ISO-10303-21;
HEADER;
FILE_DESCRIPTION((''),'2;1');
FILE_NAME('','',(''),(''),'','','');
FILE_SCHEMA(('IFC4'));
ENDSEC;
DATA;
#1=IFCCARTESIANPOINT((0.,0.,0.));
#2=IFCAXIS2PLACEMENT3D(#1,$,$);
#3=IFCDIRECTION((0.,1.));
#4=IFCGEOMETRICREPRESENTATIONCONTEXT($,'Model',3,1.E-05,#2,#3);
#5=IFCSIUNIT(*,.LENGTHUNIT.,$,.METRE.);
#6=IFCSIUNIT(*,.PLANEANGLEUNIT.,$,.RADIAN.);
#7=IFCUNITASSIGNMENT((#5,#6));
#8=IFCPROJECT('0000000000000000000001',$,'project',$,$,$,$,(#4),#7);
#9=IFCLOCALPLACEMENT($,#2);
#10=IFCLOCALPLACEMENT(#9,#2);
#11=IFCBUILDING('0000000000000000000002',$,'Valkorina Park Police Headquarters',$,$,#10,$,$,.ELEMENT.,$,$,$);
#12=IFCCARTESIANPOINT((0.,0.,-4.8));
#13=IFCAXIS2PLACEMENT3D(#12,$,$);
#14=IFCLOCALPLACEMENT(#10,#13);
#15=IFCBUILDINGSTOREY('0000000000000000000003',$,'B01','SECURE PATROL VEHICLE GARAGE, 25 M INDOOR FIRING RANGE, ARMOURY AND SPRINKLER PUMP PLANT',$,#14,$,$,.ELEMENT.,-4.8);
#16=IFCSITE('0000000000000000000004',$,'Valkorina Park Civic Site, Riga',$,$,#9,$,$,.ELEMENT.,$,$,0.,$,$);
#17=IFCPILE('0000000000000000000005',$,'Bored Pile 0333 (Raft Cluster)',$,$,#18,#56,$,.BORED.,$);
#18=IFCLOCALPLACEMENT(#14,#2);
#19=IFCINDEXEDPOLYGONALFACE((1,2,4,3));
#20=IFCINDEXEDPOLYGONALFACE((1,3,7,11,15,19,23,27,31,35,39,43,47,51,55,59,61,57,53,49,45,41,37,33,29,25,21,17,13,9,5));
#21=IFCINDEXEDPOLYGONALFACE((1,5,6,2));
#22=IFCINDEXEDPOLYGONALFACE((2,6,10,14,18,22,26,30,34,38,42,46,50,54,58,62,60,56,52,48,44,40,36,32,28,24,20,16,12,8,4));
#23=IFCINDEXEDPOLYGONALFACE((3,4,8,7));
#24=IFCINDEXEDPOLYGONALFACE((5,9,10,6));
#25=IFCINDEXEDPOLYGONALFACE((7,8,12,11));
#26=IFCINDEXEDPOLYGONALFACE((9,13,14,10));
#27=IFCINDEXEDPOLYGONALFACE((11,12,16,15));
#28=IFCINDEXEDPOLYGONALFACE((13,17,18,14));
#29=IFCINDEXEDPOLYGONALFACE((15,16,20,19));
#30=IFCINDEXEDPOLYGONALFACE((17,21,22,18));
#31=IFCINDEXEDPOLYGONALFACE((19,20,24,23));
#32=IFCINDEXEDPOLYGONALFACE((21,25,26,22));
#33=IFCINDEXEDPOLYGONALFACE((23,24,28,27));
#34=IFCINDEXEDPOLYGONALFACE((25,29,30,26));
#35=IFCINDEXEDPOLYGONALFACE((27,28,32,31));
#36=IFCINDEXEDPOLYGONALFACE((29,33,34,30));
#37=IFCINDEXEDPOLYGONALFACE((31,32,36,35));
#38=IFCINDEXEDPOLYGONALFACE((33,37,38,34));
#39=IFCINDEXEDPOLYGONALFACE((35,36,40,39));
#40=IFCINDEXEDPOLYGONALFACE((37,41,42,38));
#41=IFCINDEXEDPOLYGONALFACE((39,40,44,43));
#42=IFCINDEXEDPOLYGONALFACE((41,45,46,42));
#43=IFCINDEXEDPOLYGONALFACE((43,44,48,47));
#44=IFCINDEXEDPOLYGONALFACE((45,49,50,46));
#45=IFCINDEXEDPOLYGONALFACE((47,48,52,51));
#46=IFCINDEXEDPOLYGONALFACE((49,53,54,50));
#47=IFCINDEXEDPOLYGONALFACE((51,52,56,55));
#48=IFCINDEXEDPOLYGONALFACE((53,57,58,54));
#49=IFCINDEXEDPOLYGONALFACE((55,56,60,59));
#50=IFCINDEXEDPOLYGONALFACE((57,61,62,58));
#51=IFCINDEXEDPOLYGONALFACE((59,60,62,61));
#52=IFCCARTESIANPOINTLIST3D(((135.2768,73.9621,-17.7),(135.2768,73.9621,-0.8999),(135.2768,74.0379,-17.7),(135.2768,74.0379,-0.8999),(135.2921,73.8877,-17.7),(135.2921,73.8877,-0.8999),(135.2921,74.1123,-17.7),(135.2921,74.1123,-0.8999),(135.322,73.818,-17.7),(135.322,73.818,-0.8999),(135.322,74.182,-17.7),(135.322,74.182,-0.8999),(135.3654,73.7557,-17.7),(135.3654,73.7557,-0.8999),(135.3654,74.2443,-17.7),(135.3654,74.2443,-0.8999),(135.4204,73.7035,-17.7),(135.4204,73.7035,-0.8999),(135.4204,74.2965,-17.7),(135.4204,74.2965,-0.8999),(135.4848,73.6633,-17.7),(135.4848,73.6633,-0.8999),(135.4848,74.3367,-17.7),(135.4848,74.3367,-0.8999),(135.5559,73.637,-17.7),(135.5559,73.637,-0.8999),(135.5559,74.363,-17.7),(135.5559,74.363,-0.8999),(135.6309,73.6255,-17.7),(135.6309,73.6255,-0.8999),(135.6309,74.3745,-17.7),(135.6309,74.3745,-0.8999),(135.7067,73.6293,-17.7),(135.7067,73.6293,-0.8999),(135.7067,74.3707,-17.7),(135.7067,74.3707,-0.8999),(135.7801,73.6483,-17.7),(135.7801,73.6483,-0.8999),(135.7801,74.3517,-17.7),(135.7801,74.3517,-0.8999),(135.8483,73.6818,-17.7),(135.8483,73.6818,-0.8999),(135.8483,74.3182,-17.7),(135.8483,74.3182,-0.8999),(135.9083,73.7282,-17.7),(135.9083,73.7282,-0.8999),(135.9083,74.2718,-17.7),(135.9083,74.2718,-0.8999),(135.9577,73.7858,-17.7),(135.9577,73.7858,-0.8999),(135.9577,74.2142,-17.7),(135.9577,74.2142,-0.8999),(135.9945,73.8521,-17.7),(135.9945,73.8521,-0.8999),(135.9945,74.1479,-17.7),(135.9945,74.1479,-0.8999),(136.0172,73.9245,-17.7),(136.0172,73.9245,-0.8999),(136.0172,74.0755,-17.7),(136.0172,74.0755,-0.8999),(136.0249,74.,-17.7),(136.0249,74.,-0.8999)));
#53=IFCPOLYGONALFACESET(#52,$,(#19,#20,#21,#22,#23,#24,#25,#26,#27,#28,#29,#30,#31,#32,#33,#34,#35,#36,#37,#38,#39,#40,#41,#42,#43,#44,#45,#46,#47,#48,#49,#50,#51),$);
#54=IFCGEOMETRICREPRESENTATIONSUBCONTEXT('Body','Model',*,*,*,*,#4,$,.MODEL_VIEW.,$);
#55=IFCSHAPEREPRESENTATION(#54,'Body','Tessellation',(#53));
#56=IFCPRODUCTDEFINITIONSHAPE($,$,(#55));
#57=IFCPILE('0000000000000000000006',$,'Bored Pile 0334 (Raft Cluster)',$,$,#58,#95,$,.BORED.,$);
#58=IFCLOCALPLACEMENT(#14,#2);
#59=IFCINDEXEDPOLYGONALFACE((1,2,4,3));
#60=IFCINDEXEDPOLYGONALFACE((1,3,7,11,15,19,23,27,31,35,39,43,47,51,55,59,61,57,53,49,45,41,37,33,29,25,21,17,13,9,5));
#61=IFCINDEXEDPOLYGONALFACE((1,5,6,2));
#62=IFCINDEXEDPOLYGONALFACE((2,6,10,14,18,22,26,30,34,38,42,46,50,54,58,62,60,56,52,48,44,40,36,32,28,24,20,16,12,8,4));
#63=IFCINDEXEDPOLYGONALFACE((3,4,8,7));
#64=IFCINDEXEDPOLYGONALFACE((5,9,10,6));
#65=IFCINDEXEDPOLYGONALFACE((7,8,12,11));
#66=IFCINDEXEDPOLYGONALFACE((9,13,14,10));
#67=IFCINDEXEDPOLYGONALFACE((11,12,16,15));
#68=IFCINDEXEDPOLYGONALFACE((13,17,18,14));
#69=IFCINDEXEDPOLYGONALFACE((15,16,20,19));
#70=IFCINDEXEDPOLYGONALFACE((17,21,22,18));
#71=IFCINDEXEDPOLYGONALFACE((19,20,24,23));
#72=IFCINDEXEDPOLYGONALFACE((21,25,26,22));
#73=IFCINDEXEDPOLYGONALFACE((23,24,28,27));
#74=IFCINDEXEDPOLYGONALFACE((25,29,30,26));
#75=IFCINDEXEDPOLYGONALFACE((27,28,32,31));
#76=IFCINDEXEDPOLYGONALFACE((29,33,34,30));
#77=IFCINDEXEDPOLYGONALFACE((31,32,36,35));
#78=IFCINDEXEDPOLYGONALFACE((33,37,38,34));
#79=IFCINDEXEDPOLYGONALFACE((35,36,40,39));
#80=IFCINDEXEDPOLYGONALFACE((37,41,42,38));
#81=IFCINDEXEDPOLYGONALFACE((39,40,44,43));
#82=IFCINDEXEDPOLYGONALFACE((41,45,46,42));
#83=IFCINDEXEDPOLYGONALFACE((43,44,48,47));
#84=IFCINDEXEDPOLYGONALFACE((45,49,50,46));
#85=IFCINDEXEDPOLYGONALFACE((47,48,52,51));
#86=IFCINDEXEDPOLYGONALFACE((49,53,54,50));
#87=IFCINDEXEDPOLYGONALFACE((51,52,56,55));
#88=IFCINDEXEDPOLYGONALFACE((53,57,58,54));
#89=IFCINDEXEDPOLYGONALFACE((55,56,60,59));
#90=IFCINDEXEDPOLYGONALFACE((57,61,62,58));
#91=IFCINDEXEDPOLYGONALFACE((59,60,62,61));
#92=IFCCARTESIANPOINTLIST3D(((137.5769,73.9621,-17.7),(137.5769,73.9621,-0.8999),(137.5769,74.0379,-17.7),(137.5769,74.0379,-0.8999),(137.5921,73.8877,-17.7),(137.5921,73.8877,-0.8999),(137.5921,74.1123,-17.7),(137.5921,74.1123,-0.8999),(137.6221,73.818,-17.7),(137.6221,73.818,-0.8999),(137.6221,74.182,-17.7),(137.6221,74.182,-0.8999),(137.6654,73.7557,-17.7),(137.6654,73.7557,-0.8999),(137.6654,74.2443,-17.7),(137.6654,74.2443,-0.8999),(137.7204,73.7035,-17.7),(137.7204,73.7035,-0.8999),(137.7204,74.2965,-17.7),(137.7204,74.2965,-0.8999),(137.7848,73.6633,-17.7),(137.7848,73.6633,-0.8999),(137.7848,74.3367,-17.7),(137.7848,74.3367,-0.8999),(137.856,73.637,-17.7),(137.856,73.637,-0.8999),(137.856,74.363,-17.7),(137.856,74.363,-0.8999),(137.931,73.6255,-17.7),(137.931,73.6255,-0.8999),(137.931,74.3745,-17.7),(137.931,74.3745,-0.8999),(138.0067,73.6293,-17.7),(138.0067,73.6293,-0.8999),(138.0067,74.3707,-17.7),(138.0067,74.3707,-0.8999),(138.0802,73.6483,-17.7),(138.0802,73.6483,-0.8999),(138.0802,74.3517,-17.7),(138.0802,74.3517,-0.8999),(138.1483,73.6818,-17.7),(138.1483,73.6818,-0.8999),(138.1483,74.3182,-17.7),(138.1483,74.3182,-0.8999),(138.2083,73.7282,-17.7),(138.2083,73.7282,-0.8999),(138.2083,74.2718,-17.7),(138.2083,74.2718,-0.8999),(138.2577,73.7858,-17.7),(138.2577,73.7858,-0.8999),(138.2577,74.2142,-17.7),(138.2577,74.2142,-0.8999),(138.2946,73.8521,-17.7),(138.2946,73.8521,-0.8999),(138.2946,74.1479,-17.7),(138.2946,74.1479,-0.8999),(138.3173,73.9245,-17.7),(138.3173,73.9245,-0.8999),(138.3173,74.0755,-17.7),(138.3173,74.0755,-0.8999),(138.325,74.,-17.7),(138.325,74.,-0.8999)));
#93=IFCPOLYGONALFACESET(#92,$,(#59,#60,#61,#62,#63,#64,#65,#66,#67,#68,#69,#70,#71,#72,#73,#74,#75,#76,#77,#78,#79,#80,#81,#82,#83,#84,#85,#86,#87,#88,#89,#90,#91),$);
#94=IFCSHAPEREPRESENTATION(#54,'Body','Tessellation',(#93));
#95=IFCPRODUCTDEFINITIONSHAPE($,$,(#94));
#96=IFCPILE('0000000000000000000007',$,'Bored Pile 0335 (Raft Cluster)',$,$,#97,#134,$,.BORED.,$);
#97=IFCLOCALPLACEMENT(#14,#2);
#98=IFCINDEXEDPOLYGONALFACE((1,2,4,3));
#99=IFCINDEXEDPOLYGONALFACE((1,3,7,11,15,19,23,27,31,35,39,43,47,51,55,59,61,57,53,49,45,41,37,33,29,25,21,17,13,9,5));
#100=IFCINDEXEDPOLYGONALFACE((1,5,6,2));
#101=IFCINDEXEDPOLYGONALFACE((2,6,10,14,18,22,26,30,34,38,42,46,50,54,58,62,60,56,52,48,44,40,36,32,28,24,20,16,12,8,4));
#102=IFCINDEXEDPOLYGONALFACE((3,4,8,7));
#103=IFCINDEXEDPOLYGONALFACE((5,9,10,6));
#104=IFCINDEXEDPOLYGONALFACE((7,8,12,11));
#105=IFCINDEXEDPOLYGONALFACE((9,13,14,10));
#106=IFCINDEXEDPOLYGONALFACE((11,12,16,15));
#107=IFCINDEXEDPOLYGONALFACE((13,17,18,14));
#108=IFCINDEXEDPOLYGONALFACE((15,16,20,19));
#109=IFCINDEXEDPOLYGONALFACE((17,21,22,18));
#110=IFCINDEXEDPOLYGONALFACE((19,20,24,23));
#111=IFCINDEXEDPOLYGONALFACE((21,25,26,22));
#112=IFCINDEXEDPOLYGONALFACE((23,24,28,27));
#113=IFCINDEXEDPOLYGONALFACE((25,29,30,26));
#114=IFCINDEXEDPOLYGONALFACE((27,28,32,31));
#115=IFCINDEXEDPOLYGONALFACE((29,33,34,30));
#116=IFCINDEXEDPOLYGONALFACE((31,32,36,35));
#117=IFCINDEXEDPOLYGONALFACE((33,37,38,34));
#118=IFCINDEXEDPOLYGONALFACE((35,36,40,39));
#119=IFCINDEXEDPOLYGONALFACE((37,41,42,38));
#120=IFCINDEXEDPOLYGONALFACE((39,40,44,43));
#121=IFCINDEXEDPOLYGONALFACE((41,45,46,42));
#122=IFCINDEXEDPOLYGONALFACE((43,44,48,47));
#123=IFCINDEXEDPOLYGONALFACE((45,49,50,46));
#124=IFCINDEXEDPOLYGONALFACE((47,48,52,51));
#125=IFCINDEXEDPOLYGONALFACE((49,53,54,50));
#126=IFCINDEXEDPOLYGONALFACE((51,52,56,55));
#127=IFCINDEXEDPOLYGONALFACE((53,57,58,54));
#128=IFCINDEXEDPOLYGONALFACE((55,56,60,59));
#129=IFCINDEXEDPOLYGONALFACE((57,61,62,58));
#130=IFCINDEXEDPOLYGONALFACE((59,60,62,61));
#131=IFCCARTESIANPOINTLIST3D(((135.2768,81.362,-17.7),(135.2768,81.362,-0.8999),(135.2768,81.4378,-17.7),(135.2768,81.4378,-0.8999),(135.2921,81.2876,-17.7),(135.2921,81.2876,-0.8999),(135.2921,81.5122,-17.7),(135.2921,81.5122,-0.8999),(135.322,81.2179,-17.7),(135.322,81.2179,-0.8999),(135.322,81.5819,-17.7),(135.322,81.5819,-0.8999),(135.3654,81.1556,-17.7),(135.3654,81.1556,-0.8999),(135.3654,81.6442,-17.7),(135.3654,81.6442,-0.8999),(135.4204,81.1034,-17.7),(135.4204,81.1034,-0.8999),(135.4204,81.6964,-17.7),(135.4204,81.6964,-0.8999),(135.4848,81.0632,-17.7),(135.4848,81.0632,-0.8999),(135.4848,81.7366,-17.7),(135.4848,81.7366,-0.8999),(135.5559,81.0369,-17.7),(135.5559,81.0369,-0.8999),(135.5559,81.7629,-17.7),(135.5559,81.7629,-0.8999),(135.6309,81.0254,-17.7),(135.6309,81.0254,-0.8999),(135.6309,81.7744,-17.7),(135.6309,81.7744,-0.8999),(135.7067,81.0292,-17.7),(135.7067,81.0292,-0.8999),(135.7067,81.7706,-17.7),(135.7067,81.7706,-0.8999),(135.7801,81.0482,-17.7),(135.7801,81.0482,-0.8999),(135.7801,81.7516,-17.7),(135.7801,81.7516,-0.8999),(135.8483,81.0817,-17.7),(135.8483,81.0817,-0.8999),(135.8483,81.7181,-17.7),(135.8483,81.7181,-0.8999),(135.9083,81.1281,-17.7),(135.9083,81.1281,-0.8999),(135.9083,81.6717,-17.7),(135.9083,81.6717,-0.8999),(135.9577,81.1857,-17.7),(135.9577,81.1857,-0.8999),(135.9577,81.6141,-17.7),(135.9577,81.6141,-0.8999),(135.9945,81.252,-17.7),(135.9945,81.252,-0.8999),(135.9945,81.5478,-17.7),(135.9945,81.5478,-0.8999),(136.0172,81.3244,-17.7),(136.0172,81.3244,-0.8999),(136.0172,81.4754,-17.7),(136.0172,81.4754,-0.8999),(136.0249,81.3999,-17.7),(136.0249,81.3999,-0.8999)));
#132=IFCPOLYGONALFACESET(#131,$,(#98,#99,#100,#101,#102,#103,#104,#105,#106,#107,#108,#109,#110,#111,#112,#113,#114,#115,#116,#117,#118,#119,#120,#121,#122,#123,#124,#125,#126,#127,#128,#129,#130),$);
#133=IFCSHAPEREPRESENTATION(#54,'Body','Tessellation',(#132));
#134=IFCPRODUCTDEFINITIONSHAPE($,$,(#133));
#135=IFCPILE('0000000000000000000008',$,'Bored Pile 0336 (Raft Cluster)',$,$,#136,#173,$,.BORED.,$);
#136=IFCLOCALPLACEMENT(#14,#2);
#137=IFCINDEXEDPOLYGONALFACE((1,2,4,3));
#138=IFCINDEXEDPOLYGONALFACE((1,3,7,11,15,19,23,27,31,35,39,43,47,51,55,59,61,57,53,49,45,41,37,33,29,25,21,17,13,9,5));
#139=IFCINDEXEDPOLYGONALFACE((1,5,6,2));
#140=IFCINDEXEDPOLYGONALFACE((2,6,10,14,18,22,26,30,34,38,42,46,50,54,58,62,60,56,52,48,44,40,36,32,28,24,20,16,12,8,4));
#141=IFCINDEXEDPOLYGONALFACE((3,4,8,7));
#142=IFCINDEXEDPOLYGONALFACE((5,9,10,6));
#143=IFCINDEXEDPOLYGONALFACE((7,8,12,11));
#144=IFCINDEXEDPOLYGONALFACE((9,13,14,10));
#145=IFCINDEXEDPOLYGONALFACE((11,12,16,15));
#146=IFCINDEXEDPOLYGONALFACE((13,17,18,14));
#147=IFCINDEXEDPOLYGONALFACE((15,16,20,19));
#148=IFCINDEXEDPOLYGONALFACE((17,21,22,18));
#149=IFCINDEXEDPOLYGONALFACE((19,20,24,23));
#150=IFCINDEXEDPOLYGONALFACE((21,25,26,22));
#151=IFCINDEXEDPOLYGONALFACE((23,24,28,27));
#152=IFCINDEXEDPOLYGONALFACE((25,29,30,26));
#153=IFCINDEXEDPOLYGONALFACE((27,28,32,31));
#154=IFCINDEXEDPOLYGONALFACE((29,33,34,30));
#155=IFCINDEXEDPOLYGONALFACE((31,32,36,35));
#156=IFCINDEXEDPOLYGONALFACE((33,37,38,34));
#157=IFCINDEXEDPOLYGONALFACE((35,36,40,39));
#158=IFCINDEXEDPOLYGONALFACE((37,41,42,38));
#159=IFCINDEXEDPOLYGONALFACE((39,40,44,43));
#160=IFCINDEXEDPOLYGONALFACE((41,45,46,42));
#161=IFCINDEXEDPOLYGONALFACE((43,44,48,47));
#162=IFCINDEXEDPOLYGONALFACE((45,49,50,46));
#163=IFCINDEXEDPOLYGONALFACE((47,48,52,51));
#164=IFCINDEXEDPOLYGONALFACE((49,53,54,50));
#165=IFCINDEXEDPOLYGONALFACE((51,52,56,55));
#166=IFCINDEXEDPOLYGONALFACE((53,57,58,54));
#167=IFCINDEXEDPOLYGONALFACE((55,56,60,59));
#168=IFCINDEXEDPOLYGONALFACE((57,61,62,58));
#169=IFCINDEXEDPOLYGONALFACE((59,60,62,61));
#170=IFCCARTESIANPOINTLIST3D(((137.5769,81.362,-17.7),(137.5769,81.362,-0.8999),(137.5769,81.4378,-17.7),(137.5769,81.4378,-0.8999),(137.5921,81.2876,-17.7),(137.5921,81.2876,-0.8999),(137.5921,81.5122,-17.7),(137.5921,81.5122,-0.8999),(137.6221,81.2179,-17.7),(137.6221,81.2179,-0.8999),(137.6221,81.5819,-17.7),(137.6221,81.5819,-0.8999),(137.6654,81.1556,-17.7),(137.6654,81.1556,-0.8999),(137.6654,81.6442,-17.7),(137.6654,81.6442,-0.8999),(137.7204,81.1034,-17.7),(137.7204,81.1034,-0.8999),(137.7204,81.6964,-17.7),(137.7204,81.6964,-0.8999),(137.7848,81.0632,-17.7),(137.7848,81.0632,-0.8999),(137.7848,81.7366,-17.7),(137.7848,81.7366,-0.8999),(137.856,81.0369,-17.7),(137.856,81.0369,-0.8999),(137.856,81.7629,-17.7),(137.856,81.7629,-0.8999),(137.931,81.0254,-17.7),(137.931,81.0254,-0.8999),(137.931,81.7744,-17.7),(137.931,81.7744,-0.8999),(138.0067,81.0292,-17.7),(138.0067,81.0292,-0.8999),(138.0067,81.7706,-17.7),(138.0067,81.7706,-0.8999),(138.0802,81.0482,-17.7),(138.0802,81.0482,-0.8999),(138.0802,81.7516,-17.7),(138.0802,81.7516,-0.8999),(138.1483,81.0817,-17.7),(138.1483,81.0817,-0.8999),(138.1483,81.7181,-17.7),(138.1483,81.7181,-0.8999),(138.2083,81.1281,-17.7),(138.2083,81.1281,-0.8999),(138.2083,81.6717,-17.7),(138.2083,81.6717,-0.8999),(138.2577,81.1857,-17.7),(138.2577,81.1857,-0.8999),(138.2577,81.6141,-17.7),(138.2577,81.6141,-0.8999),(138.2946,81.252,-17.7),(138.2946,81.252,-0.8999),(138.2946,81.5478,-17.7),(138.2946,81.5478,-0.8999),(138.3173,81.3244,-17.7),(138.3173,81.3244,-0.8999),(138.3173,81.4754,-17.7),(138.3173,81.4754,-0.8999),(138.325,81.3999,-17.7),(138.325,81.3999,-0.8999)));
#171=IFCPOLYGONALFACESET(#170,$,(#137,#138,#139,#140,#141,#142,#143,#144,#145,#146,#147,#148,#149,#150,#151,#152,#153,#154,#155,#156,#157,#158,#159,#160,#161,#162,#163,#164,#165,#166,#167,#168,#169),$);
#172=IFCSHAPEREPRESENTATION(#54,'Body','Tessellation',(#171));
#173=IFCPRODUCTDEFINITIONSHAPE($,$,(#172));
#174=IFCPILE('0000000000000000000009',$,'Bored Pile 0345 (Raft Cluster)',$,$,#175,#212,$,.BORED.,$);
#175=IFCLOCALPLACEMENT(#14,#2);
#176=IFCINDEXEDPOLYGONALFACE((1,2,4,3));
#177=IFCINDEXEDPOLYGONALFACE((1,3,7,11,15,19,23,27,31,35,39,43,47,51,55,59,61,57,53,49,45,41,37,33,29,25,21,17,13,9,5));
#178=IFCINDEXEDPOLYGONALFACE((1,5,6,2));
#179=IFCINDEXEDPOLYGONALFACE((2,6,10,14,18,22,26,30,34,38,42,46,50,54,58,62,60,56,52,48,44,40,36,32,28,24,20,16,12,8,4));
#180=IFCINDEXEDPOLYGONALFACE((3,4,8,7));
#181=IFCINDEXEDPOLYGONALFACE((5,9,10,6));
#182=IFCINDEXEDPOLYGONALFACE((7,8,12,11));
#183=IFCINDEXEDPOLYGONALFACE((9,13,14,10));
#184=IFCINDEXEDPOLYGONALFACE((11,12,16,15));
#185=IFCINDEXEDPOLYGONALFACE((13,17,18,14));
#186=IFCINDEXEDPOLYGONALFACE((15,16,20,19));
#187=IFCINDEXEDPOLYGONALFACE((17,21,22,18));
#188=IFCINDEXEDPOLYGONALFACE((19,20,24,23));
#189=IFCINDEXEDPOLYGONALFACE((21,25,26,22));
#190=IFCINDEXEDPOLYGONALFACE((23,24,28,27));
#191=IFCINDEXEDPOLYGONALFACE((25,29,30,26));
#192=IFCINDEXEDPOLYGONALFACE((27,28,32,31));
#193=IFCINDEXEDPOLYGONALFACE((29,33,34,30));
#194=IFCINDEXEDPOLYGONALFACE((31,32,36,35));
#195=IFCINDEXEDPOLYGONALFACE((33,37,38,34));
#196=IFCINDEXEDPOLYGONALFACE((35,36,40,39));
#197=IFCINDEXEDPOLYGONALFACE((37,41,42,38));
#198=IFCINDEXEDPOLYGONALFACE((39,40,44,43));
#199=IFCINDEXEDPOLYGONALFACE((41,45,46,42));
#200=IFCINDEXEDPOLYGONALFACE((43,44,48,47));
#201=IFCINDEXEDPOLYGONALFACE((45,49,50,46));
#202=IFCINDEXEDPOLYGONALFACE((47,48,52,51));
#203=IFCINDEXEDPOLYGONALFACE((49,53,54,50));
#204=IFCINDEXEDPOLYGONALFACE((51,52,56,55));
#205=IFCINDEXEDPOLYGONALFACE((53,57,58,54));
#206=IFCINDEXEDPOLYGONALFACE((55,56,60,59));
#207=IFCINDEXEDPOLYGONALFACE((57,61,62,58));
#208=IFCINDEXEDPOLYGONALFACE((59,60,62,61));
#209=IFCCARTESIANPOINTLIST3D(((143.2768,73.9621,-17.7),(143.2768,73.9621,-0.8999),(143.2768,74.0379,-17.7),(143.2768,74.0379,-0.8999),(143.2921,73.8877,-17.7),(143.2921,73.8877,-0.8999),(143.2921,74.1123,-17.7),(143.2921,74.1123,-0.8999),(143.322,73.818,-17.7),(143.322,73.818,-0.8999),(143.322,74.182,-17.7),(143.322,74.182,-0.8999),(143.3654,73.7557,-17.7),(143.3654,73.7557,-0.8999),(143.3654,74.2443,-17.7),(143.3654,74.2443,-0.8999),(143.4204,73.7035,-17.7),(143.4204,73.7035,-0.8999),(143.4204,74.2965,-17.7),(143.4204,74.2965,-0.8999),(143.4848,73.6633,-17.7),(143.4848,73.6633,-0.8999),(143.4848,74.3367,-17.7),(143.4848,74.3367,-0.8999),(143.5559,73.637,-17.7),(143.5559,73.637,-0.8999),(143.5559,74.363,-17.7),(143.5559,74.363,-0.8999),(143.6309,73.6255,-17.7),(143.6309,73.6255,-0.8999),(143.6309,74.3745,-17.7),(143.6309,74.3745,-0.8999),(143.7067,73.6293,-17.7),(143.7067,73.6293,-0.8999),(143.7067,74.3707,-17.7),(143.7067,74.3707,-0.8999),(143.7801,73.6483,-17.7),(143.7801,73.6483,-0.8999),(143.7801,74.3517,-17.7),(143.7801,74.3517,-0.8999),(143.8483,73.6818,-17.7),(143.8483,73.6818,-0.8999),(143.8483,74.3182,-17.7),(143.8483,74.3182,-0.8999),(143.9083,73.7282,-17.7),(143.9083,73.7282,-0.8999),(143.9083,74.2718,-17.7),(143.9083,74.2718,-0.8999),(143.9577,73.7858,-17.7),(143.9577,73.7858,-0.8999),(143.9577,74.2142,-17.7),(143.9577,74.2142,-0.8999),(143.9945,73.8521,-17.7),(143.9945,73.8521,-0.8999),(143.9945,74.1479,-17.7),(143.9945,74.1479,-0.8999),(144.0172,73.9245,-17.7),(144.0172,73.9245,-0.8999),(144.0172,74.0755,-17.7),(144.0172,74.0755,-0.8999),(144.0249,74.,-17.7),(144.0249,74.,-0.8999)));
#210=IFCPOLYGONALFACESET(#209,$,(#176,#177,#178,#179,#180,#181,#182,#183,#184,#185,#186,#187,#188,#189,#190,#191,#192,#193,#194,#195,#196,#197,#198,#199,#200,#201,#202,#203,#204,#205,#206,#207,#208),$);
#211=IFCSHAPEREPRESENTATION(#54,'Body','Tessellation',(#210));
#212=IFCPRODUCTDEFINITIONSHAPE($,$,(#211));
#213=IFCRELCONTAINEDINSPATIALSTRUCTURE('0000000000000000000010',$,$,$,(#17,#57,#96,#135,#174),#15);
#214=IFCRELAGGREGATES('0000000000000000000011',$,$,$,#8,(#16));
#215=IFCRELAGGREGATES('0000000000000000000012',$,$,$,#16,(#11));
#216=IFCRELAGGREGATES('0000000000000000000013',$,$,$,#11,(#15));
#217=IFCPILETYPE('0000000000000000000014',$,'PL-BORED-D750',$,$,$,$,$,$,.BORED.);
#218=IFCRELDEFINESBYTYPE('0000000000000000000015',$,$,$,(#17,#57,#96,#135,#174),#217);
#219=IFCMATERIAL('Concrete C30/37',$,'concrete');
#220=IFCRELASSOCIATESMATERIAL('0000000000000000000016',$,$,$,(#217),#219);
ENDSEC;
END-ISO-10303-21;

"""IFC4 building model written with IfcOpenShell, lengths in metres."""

from ifc_helpers import new_model, si_unit, direction, frame, origin, origin_2d, place, context, subcontext, project, spatial, circle, extrude, material, material_profile, profile_set, type_object, element, save


model = new_model("IFC4")

# Units and contexts
model_context = context("Model", 3, precision=1e-05, world=origin(), true_north=direction((0.0, 1.0)))
body_context = subcontext(model_context, "Body", "Model", "MODEL_VIEW")
ifc_project = project(units=[si_unit("LENGTHUNIT", "METRE"), si_unit("PLANEANGLEUNIT", "RADIAN")], contexts=[model_context])

# Site, building, storey
site_placement = place(None, origin())
site = spatial("IfcSite", under=ifc_project, at=site_placement, Name="Valkorina Park Civic Site, Riga", CompositionType="ELEMENT", RefElevation=0.0)
building_placement = place(site_placement, origin())
building = spatial("IfcBuilding", under=site, at=building_placement, Name="Valkorina Park Police Headquarters", CompositionType="ELEMENT")
storey_placement = place(building_placement, frame((0.0, 0.0, -4.8)))
storey = spatial("IfcBuildingStorey", under=building, at=storey_placement, Name="B01", Description="SECURE PATROL VEHICLE GARAGE, 25 M INDOOR FIRING RANGE, ARMOURY AND SPRINKLER PUMP PLANT", CompositionType="ELEMENT", Elevation=-4.8)

# Piles
ifc_material_1 = material(Name="Concrete C30/37", Category="concrete")
ifc_material_profile_1 = material_profile(ifc_material_1, circle(Radius=0.375, at=origin_2d()), Name="BORED PILE D750")
ifc_profile_set_1 = profile_set([ifc_material_profile_1], Name="Concrete C30/37")
pile_type_1 = type_object("IfcPileType", Name="PL-BORED-D750", PredefinedType="BORED", material=ifc_profile_set_1)
for number, where, z_axis, x_axis, name in (
    (1, (135.6499, 74.0, -0.8999), (0.0, 0.0, -1.0), (1.0, 0.0, 0.0), "Bored Pile 0333 (Raft Cluster)"),
    (2, (137.95, 74.0, -0.8999), (0.0, 0.0, -1.0), (1.0, 0.0, 0.0), "Bored Pile 0334 (Raft Cluster)"),
    (3, (135.6499, 81.3999, -0.8999), (0.0, 0.0, -1.0), (1.0, 0.0, 0.0), "Bored Pile 0335 (Raft Cluster)"),
    (4, (137.95, 81.3999, -0.8999), (0.0, 0.0, -1.0), (1.0, 0.0, 0.0), "Bored Pile 0336 (Raft Cluster)"),
    (5, (143.6499, 74.0, -0.8999), (0.0, 0.0, -1.0), (1.0, 0.0, 0.0), "Bored Pile 0345 (Raft Cluster)"),
):
    element("IfcPile", number, at=place(storey_placement, frame(where, z_axis=z_axis, x_axis=x_axis)), inside=storey, type_object=pile_type_1, Name=name, PredefinedType="BORED", context=body_context, shape_type="SweptSolid", body=[
        extrude(circle(Radius=0.375, at=origin_2d()), origin(), (0.0, 0.0, 1.0), 16.8),
    ])

save(model, "model.ifc")
